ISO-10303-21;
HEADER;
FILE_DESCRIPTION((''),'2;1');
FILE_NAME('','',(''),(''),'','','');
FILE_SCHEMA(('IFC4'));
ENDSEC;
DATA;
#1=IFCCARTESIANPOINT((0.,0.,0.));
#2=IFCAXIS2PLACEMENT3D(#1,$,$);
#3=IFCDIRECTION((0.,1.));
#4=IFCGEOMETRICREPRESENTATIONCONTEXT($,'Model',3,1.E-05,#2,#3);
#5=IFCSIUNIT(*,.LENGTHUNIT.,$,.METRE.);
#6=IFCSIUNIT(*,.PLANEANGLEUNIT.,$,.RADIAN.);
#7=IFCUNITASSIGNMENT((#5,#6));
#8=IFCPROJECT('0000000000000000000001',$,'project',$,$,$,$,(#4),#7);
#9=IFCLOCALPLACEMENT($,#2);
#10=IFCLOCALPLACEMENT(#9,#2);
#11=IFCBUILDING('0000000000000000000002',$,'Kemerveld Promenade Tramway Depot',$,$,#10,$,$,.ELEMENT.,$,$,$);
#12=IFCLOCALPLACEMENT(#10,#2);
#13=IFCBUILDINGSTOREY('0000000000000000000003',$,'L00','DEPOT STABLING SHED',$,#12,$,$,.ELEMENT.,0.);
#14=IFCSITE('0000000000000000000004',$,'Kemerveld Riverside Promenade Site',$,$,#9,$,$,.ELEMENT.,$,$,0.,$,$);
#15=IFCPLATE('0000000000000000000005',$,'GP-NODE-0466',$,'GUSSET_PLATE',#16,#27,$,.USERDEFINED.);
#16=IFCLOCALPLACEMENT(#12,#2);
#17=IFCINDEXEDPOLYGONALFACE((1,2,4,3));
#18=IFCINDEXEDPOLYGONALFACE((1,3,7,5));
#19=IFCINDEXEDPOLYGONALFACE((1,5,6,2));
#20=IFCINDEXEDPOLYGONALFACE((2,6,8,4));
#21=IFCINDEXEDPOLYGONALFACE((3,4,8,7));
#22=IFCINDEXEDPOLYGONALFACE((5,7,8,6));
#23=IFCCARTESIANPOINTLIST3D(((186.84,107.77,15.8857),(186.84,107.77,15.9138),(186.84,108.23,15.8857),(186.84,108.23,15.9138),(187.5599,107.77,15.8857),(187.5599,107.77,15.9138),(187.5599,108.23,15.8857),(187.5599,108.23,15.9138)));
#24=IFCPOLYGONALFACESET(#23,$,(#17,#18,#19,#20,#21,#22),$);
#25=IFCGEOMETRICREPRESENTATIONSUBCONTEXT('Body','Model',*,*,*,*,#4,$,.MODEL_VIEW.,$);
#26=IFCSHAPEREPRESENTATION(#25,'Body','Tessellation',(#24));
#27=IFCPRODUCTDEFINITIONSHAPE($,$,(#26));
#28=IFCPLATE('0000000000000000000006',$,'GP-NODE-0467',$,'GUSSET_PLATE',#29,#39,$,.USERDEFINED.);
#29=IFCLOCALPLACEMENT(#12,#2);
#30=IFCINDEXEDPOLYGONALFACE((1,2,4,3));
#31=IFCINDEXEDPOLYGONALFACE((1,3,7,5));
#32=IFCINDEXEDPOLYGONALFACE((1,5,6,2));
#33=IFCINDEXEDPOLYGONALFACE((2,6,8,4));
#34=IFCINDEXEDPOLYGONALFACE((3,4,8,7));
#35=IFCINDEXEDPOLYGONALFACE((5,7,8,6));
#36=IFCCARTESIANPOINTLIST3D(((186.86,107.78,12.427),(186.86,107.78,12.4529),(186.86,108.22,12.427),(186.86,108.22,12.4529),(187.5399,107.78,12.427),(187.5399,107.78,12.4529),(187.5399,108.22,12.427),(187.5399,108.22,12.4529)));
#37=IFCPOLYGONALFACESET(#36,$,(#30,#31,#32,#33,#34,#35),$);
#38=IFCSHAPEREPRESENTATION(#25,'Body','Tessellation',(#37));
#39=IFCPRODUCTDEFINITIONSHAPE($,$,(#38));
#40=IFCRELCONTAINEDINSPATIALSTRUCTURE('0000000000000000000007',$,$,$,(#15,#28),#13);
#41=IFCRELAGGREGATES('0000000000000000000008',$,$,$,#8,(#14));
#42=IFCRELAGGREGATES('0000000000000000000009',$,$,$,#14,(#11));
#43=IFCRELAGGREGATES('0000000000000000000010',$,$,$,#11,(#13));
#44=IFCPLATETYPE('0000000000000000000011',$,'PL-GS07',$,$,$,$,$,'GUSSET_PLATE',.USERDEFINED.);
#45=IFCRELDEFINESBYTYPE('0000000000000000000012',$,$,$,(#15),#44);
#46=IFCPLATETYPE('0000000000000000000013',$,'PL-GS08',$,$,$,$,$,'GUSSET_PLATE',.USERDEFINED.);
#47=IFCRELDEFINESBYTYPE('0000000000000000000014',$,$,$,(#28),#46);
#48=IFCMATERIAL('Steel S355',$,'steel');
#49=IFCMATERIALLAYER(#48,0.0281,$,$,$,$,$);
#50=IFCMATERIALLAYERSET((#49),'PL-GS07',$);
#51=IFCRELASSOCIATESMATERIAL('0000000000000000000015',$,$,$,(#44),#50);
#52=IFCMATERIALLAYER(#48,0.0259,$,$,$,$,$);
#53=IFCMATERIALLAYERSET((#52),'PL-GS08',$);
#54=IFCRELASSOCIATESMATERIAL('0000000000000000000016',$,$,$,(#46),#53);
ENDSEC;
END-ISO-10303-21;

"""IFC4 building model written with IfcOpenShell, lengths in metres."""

from ifc_helpers import new_model, si_unit, direction, frame, origin, origin_2d, place, context, subcontext, project, spatial, rectangle, extrude, material, layer, layer_set, type_object, element, save


model = new_model("IFC4")

# Units and contexts
model_context = context("Model", 3, precision=1e-05, world=origin(), true_north=direction((0.0, 1.0)))
body_context = subcontext(model_context, "Body", "Model", "MODEL_VIEW")
ifc_project = project(units=[si_unit("LENGTHUNIT", "METRE"), si_unit("PLANEANGLEUNIT", "RADIAN")], contexts=[model_context])

# Site, building, storey
site_placement = place(None, origin())
site = spatial("IfcSite", under=ifc_project, at=site_placement, Name="Kemerveld Riverside Promenade Site", CompositionType="ELEMENT", RefElevation=0.0)
building_placement = place(site_placement, origin())
building = spatial("IfcBuilding", under=site, at=building_placement, Name="Kemerveld Promenade Tramway Depot", CompositionType="ELEMENT")
storey_placement = place(building_placement, origin())
storey = spatial("IfcBuildingStorey", under=building, at=storey_placement, Name="L00", Description="DEPOT STABLING SHED", CompositionType="ELEMENT", Elevation=0.0)

# Shared definitions
ifc_material_1 = material(Name="Steel S355", Category="steel")

# Plates
ifc_layer_1 = layer(ifc_material_1, 0.0281)
ifc_layer_set_1 = layer_set([ifc_layer_1], Name="PL-GS07")
plate_type_1 = type_object("IfcPlateType", Name="PL-GS07", ElementType="GUSSET_PLATE", PredefinedType="USERDEFINED", material=ifc_layer_set_1)
plate_1_placement = place(storey_placement, frame((187.2, 108.0, 15.8857), z_axis=(0.0, 0.0, 1.0), x_axis=(1.0, 0.0, 0.0)))
element("IfcPlate", 1, at=plate_1_placement, inside=storey, type_object=plate_type_1, Name="GP-NODE-0466", ObjectType="GUSSET_PLATE", PredefinedType="USERDEFINED", context=body_context, shape_type="SweptSolid", body=[
    extrude(rectangle(XDim=0.72, YDim=0.46, at=origin_2d()), origin(), (0.0, 0.0, 1.0), 0.0281),
])
ifc_layer_2 = layer(ifc_material_1, 0.0259)
ifc_layer_set_2 = layer_set([ifc_layer_2], Name="PL-GS08")
plate_type_2 = type_object("IfcPlateType", Name="PL-GS08", ElementType="GUSSET_PLATE", PredefinedType="USERDEFINED", material=ifc_layer_set_2)
plate_2_placement = place(storey_placement, frame((187.2, 108.0, 12.427), z_axis=(0.0, 0.0, 1.0), x_axis=(1.0, 0.0, 0.0)))
element("IfcPlate", 2, at=plate_2_placement, inside=storey, type_object=plate_type_2, Name="GP-NODE-0467", ObjectType="GUSSET_PLATE", PredefinedType="USERDEFINED", context=body_context, shape_type="SweptSolid", body=[
    extrude(rectangle(XDim=0.6799, YDim=0.4399, at=origin_2d()), origin(), (0.0, 0.0, 1.0), 0.0259),
])

save(model, "model.ifc")
